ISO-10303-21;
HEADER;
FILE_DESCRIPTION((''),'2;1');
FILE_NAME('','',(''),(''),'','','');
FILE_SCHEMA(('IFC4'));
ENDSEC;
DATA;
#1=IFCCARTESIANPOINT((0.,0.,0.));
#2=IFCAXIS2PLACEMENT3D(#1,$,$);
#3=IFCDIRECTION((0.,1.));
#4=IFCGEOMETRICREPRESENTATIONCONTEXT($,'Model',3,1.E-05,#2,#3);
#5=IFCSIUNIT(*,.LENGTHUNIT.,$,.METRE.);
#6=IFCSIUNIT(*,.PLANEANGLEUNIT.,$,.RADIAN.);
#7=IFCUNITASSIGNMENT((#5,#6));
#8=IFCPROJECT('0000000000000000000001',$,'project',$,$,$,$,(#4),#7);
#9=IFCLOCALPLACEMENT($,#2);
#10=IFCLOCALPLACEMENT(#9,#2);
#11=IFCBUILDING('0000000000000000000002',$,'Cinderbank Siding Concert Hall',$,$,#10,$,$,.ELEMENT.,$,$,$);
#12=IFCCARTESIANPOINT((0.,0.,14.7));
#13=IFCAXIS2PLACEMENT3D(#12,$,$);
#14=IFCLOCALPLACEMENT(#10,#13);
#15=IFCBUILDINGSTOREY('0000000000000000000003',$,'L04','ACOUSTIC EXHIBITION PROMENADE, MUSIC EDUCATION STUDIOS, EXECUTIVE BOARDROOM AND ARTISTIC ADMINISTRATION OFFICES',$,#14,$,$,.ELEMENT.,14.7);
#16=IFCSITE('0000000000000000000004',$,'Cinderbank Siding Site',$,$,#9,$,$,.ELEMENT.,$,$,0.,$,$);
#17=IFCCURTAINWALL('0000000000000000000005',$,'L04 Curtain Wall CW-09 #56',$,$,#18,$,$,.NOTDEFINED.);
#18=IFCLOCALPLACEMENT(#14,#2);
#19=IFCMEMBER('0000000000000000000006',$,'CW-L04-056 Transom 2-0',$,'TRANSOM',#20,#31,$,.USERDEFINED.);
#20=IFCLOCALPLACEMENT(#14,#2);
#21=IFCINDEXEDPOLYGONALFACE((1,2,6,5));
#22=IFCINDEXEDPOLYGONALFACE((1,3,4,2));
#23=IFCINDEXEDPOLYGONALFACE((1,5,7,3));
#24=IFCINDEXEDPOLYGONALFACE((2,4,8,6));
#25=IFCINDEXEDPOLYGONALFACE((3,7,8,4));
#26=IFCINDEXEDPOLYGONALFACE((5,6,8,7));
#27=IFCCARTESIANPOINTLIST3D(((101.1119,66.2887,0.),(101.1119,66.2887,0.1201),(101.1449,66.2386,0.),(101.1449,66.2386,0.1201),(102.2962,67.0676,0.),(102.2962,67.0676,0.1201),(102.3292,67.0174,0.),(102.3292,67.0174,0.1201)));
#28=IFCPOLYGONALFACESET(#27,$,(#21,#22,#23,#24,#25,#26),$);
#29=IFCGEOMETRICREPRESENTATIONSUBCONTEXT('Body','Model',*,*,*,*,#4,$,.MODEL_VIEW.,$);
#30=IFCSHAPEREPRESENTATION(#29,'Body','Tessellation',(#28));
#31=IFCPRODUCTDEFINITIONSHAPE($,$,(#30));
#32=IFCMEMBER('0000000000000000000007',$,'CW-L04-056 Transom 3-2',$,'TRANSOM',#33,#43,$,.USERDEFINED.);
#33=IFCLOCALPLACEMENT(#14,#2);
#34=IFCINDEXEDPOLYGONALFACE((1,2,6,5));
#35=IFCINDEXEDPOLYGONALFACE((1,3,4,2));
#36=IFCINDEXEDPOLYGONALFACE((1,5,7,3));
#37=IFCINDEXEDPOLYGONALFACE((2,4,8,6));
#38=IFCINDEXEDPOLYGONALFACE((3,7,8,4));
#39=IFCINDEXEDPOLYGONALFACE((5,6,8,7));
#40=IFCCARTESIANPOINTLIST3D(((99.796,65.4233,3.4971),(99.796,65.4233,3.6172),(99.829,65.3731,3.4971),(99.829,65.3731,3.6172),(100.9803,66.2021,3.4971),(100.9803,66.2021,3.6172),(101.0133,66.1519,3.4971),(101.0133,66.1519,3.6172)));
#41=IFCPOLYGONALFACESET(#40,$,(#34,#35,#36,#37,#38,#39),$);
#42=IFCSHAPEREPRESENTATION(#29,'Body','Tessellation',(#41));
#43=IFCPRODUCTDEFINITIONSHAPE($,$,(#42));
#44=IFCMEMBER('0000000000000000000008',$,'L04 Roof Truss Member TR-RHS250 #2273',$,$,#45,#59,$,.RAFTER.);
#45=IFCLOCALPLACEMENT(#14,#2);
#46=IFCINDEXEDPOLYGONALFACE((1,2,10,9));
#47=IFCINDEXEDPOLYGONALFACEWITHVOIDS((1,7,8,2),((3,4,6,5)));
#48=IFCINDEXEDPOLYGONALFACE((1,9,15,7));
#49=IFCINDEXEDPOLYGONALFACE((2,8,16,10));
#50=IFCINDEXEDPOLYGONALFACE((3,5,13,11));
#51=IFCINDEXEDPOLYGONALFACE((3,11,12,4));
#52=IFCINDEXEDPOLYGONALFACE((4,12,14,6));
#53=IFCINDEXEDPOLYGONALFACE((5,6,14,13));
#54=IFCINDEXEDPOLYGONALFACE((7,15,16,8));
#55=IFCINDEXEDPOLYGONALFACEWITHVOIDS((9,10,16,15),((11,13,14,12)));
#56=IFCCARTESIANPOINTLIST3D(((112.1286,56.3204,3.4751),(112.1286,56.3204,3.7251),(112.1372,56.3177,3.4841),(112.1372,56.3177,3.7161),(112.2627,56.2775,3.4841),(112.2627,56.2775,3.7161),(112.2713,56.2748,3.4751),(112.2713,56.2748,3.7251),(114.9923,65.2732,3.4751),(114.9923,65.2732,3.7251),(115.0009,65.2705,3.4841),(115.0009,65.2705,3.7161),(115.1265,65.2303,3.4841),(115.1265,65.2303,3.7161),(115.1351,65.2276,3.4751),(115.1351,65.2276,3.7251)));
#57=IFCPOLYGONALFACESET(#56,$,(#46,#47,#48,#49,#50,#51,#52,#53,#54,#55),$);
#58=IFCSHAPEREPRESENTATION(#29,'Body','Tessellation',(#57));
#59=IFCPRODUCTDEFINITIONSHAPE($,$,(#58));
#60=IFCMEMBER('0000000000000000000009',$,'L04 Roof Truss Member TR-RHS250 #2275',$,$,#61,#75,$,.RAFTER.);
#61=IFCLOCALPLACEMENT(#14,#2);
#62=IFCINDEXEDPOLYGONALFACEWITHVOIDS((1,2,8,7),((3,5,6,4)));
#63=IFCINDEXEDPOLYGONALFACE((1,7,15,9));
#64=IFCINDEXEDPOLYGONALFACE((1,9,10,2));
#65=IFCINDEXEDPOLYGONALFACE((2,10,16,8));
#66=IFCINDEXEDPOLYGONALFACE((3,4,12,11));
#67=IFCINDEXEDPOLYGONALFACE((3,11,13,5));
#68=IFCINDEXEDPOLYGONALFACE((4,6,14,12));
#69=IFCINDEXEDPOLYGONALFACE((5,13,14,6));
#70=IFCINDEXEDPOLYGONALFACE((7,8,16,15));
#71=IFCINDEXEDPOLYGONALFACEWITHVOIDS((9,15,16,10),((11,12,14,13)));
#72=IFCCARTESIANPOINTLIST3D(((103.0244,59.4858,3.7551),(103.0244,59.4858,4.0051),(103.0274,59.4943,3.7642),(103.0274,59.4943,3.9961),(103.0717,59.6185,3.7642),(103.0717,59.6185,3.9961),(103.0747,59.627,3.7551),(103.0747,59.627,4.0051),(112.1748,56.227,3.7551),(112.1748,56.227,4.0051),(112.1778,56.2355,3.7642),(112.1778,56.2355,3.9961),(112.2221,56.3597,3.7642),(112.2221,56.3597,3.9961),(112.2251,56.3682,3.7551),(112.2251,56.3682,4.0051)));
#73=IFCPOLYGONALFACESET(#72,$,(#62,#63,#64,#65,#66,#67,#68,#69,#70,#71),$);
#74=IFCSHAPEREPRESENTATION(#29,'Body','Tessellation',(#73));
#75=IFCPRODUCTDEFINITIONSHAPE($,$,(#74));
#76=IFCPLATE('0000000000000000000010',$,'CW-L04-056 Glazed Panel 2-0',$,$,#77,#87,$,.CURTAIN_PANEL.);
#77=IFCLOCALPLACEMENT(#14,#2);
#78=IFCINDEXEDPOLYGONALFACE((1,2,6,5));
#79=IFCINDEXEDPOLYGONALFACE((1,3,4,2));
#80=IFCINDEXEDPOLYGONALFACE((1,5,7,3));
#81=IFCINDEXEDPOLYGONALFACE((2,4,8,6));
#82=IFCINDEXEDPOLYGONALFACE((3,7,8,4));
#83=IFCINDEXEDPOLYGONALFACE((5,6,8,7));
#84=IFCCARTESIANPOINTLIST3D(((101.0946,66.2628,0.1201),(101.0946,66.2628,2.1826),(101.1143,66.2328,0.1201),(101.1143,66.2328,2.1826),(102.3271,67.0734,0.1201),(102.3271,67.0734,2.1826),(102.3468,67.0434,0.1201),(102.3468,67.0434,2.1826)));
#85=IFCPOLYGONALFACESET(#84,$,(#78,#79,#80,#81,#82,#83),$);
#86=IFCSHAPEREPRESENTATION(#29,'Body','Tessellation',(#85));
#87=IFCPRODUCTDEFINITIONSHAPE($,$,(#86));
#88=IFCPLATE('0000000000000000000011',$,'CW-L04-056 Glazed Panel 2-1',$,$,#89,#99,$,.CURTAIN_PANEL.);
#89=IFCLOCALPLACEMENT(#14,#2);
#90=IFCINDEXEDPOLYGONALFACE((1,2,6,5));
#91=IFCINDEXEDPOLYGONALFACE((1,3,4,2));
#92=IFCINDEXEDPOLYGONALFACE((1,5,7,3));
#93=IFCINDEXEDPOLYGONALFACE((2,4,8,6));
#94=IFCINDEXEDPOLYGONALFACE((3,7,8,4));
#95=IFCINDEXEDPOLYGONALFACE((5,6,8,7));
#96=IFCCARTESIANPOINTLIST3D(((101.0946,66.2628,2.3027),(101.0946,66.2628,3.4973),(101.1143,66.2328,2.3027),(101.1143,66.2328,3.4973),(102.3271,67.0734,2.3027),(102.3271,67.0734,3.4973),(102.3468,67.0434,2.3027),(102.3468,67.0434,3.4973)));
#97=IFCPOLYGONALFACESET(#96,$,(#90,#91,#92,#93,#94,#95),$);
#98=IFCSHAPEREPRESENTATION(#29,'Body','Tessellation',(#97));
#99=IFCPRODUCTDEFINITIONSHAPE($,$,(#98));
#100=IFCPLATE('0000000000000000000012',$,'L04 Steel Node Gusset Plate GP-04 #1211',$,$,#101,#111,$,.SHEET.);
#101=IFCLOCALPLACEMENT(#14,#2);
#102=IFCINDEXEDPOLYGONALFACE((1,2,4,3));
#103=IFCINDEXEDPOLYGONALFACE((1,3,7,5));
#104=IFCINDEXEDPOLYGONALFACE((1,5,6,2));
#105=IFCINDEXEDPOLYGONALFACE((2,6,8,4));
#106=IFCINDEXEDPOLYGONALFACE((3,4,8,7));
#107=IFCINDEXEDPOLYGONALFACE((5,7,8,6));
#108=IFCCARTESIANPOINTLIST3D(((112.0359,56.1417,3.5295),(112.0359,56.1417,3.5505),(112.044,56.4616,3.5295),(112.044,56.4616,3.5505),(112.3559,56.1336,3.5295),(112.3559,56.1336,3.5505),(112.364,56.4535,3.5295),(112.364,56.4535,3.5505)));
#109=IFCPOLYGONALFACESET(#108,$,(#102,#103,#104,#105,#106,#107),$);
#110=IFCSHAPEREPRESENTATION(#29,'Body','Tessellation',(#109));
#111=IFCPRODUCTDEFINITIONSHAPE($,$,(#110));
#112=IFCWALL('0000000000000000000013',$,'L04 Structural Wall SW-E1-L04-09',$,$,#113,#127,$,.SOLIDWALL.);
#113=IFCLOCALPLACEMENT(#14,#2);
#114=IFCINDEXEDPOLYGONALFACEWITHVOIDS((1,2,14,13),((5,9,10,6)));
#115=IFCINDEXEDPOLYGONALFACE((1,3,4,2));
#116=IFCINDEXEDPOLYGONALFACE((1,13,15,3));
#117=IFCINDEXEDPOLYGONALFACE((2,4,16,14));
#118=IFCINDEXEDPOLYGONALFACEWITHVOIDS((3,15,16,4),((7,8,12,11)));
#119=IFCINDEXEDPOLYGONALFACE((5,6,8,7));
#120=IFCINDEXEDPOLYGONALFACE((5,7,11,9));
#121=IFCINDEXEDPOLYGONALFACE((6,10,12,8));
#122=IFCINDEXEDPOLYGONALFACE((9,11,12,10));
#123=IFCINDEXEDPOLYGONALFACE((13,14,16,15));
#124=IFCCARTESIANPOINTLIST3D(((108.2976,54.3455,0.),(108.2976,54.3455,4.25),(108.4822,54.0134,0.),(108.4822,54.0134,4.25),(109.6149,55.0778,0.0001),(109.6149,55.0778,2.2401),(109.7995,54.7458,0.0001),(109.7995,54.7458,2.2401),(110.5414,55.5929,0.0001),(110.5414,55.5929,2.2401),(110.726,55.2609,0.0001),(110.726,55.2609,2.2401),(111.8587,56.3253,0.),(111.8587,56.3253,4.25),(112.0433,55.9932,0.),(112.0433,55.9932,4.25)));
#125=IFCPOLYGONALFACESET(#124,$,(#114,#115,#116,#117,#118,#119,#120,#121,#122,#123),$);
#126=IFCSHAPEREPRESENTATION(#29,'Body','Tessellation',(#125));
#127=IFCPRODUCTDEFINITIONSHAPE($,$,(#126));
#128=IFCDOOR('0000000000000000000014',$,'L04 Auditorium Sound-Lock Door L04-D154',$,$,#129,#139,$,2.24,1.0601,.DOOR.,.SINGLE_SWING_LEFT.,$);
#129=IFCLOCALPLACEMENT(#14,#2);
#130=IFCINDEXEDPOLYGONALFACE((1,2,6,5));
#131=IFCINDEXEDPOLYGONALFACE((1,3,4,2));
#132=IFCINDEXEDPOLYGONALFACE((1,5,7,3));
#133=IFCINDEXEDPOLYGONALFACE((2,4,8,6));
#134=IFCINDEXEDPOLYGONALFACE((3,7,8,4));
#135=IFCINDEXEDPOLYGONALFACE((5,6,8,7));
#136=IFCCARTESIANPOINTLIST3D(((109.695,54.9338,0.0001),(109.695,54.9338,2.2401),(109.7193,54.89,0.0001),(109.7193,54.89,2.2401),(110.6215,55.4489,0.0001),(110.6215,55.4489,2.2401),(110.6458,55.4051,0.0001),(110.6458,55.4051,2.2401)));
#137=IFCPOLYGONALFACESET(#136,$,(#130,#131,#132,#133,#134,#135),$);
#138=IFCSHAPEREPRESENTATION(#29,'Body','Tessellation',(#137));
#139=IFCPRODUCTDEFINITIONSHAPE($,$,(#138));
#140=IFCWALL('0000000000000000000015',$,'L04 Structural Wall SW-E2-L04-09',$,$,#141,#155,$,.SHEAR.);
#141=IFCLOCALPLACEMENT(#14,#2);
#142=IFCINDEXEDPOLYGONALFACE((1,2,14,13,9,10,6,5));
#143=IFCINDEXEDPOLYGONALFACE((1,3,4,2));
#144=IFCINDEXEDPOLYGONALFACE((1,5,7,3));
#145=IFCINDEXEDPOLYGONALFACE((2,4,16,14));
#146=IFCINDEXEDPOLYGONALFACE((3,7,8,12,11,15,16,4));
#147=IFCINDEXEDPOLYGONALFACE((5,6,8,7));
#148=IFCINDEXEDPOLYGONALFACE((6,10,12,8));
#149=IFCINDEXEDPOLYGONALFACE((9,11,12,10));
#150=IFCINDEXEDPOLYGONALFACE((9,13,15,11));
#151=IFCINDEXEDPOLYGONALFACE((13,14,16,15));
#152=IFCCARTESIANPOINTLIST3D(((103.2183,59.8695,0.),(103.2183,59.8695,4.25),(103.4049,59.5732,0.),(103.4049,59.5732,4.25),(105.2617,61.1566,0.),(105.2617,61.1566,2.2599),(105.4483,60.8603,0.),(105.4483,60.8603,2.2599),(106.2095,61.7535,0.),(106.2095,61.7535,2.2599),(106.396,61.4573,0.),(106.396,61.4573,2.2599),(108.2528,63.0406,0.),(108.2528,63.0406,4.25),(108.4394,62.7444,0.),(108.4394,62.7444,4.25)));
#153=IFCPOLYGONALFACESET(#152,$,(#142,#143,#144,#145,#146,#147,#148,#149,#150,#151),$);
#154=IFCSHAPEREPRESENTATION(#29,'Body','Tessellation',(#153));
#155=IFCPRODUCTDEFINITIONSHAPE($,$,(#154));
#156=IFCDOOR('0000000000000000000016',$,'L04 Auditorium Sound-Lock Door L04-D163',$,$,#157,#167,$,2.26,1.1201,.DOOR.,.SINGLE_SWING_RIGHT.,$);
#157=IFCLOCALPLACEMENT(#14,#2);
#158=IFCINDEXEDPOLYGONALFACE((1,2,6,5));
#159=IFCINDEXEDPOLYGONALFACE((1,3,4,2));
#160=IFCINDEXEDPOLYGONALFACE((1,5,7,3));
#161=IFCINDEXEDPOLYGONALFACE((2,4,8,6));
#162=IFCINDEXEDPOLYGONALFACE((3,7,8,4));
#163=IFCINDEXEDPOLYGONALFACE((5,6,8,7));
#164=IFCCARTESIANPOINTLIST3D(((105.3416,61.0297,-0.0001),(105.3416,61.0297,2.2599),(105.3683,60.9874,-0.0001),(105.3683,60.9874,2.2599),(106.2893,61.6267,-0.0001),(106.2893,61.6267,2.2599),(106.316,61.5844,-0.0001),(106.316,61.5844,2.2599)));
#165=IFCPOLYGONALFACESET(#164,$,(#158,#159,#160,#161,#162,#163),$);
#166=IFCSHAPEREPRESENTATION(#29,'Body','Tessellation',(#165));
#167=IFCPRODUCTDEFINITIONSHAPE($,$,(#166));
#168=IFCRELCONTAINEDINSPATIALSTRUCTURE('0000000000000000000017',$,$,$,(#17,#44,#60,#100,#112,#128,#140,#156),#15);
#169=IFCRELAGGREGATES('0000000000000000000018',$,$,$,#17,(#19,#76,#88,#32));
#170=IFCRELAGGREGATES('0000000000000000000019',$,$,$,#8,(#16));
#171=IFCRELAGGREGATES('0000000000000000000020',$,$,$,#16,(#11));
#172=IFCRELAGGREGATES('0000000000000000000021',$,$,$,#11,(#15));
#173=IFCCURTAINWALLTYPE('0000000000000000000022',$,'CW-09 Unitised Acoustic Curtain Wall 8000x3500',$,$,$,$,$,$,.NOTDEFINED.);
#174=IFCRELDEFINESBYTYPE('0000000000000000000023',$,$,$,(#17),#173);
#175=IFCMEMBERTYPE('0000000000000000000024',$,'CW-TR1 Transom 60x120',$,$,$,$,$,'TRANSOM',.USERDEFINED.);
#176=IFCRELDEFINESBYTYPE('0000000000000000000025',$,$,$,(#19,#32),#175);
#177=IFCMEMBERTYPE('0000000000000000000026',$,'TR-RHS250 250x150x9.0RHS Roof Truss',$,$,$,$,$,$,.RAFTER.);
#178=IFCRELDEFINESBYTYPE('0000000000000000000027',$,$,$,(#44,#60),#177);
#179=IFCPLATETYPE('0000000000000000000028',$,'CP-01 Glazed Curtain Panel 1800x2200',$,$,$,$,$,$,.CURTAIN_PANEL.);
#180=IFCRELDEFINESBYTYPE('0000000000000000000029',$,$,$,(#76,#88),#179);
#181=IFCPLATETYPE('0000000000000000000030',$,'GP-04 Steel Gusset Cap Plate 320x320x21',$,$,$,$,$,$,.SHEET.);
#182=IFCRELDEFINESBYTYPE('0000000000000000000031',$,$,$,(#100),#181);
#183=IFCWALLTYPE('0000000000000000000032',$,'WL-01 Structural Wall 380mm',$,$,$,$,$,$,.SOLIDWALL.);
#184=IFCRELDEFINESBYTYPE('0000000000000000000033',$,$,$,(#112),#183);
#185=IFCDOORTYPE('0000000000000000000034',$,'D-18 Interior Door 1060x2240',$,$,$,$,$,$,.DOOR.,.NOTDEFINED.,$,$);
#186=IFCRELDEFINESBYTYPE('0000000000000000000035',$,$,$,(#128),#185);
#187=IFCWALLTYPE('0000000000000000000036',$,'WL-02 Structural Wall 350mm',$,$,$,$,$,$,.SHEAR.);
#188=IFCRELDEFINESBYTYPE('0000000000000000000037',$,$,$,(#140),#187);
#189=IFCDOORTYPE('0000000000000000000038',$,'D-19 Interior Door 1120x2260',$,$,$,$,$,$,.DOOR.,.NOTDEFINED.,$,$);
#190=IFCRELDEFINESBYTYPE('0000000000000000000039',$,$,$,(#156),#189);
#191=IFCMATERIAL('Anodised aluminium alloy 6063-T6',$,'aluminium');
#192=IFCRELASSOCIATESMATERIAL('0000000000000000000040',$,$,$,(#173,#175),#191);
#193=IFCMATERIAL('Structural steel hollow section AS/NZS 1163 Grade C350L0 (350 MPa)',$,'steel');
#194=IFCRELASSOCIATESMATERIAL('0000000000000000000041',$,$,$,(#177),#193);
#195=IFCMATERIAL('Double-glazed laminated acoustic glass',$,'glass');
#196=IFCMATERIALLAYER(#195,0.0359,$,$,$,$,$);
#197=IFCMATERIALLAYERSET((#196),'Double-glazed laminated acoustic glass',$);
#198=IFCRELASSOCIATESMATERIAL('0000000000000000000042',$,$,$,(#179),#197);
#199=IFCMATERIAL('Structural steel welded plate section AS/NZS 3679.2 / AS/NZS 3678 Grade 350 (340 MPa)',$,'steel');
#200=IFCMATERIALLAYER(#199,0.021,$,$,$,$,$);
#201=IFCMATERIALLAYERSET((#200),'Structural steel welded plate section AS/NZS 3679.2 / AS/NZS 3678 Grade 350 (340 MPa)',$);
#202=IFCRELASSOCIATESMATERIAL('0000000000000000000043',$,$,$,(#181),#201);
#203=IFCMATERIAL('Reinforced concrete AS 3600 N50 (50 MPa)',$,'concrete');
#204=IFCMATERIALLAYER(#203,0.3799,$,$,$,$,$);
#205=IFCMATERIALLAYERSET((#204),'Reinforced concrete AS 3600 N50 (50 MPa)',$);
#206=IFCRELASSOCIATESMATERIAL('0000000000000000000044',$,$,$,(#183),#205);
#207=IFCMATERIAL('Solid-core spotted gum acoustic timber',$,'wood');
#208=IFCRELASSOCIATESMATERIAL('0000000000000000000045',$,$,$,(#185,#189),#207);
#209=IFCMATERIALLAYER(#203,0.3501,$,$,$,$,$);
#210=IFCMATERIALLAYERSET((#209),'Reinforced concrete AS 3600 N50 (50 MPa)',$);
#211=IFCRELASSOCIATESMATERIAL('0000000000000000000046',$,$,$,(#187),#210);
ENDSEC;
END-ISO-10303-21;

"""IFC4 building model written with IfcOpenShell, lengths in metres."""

from ifc_helpers import new_model, si_unit, direction, frame, frame_2d, origin, origin_2d, place, context, subcontext, project, spatial, rectangle, hollow_rectangle, extrude, material, layer, layer_set, material_profile, profile_set, type_object, element, fill, aggregate, save


model = new_model("IFC4")

# Units and contexts
model_context = context("Model", 3, precision=1e-05, world=origin(), true_north=direction((0.0, 1.0)))
body_context = subcontext(model_context, "Body", "Model", "MODEL_VIEW")
ifc_project = project(units=[si_unit("LENGTHUNIT", "METRE"), si_unit("PLANEANGLEUNIT", "RADIAN")], contexts=[model_context])

# Site, building, storey
site_placement = place(None, origin())
site = spatial("IfcSite", under=ifc_project, at=site_placement, Name="Cinderbank Siding Site", CompositionType="ELEMENT", RefElevation=0.0)
building_placement = place(site_placement, origin())
building = spatial("IfcBuilding", under=site, at=building_placement, Name="Cinderbank Siding Concert Hall", CompositionType="ELEMENT")
storey_placement = place(building_placement, frame((0.0, 0.0, 14.7)))
storey = spatial("IfcBuildingStorey", under=building, at=storey_placement, Name="L04", Description="ACOUSTIC EXHIBITION PROMENADE, MUSIC EDUCATION STUDIOS, EXECUTIVE BOARDROOM AND ARTISTIC ADMINISTRATION OFFICES", CompositionType="ELEMENT", Elevation=14.7)

# Shared definitions
ifc_material_1 = material(Name="Reinforced concrete AS 3600 N50 (50 MPa)", Category="concrete")

# Curtain wall, members
ifc_material_2 = material(Name="Anodised aluminium alloy 6063-T6", Category="aluminium")
curtain_wall_type = type_object("IfcCurtainWallType", Name="CW-09 Unitised Acoustic Curtain Wall 8000x3500", PredefinedType="NOTDEFINED", material=ifc_material_2)
curtain_wall_placement = place(storey_placement, origin())
curtain_wall = element("IfcCurtainWall", 1, at=curtain_wall_placement, inside=storey, type_object=curtain_wall_type, Name="L04 Curtain Wall CW-09 #56", PredefinedType="NOTDEFINED")
ifc_material_profile_1 = material_profile(ifc_material_2, rectangle(XDim=0.0601, YDim=0.1201, at=origin_2d()), Name="ALU-TRAN-60x120", Category="LoadBearing")
ifc_profile_set_1 = profile_set([ifc_material_profile_1], Name="Anodised aluminium alloy 6063-T6")
member_type_1 = type_object("IfcMemberType", Name="CW-TR1 Transom 60x120", ElementType="TRANSOM", PredefinedType="USERDEFINED", material=ifc_profile_set_1)
member_1_placement = place(storey_placement, frame((102.3127, 67.0425, 0.0601), z_axis=(-0.835532, -0.549443, 0.0), x_axis=(0.549443, -0.835532, 0.0)))
member_1 = element("IfcMember", 2, at=member_1_placement, type_object=member_type_1, Name="CW-L04-056 Transom 2-0", ObjectType="TRANSOM", PredefinedType="USERDEFINED", context=body_context, shape_type="SweptSolid", body=[
    extrude(rectangle(XDim=0.0601, YDim=0.1201, at=origin_2d()), origin(), (0.0, 0.0, 1.0), 1.4175),
])
member_2_placement = place(storey_placement, frame((100.9968, 66.177, 3.5571), z_axis=(-0.835532, -0.549443, 0.0), x_axis=(0.549443, -0.835532, 0.0)))
member_2 = element("IfcMember", 3, at=member_2_placement, type_object=member_type_1, Name="CW-L04-056 Transom 3-2", ObjectType="TRANSOM", PredefinedType="USERDEFINED", context=body_context, shape_type="SweptSolid", body=[
    extrude(rectangle(XDim=0.0601, YDim=0.1201, at=origin_2d()), origin(), (0.0, 0.0, 1.0), 1.4175),
])

# Members
ifc_material_3 = material(Name="Structural steel hollow section AS/NZS 1163 Grade C350L0 (350 MPa)", Category="steel")
ifc_material_profile_2 = material_profile(ifc_material_3, hollow_rectangle(XDim=0.1499, YDim=0.25, WallThickness=0.009, at=origin_2d()), Name="250x150x9.0RHS", Category="LoadBearing")
ifc_profile_set_2 = profile_set([ifc_material_profile_2], Name="Structural steel hollow section AS/NZS 1163 Grade C350L0 (350 MPa)")
member_type_2 = type_object("IfcMemberType", Name="TR-RHS250 250x150x9.0RHS Roof Truss", PredefinedType="RAFTER", material=ifc_profile_set_2)
member_3_placement = place(storey_placement, frame((112.2, 56.2976, 3.6001), z_axis=(0.304665, 0.95246, 0.0), x_axis=(-0.95246, 0.304665, 0.0)))
element("IfcMember", 4, at=member_3_placement, inside=storey, type_object=member_type_2, Name="L04 Roof Truss Member TR-RHS250 #2273", PredefinedType="RAFTER", context=body_context, shape_type="SweptSolid", body=[
    extrude(hollow_rectangle(XDim=0.1499, YDim=0.25, WallThickness=0.009, at=origin_2d()), origin(), (0.0, 0.0, 1.0), 9.3997),
])
member_4_placement = place(storey_placement, frame((112.2, 56.2976, 3.8801), z_axis=(-0.942042, 0.335496, 0.0), x_axis=(-0.335496, -0.942042, 0.0)))
element("IfcMember", 5, at=member_4_placement, inside=storey, type_object=member_type_2, Name="L04 Roof Truss Member TR-RHS250 #2275", PredefinedType="RAFTER", context=body_context, shape_type="SweptSolid", body=[
    extrude(hollow_rectangle(XDim=0.1499, YDim=0.25, WallThickness=0.009, at=origin_2d()), origin(), (0.0, 0.0, 1.0), 9.7134),
])

# Plates
ifc_material_4 = material(Name="Double-glazed laminated acoustic glass", Category="glass")
ifc_layer_1 = layer(ifc_material_4, 0.0359)
ifc_layer_set_1 = layer_set([ifc_layer_1], Name="Double-glazed laminated acoustic glass")
plate_type_1 = type_object("IfcPlateType", Name="CP-01 Glazed Curtain Panel 1800x2200", PredefinedType="CURTAIN_PANEL", material=ifc_layer_set_1)
plate_1_placement = place(storey_placement, frame((101.7207, 66.6531, 0.1201), z_axis=(0.0, 0.0, 1.0), x_axis=(-0.835492, -0.549503, 0.0)))
plate_1 = element("IfcPlate", 6, at=plate_1_placement, type_object=plate_type_1, Name="CW-L04-056 Glazed Panel 2-0", PredefinedType="CURTAIN_PANEL", context=body_context, shape_type="SweptSolid", body=[
    extrude(rectangle(XDim=1.4751, YDim=0.0359, at=origin_2d()), origin(), (0.0, 0.0, 1.0), 2.0625),
])
plate_2_placement = place(storey_placement, frame((101.7207, 66.6531, 2.3027), z_axis=(0.0, 0.0, 1.0), x_axis=(-0.835492, -0.549503, 0.0)))
plate_2 = element("IfcPlate", 7, at=plate_2_placement, type_object=plate_type_1, Name="CW-L04-056 Glazed Panel 2-1", PredefinedType="CURTAIN_PANEL", context=body_context, shape_type="SweptSolid", body=[
    extrude(rectangle(XDim=1.4751, YDim=0.0359, at=origin_2d()), origin(), (0.0, 0.0, 1.0), 1.1946),
])
aggregate(curtain_wall, [member_1, plate_1, plate_2, member_2])
ifc_material_5 = material(Name="Structural steel welded plate section AS/NZS 3679.2 / AS/NZS 3678 Grade 350 (340 MPa)", Category="steel")
ifc_layer_2 = layer(ifc_material_5, 0.021)
ifc_layer_set_2 = layer_set([ifc_layer_2], Name="Structural steel welded plate section AS/NZS 3679.2 / AS/NZS 3678 Grade 350 (340 MPa)")
plate_type_2 = type_object("IfcPlateType", Name="GP-04 Steel Gusset Cap Plate 320x320x21", PredefinedType="SHEET", material=ifc_layer_set_2)
plate_3_placement = place(storey_placement, frame((112.2, 56.2976, 3.5295), z_axis=(0.0, 0.0, 1.0), x_axis=(0.025305, 0.99968, 0.0)))
element("IfcPlate", 8, at=plate_3_placement, inside=storey, type_object=plate_type_2, Name="L04 Steel Node Gusset Plate GP-04 #1211", PredefinedType="SHEET", context=body_context, shape_type="SweptSolid", body=[
    extrude(rectangle(XDim=0.3201, YDim=0.3201, at=origin_2d()), origin(), (0.0, 0.0, 1.0), 0.021),
])

# Walls, openings, doors
ifc_layer_3 = layer(ifc_material_1, 0.3799)
ifc_layer_set_3 = layer_set([ifc_layer_3], Name="Reinforced concrete AS 3600 N50 (50 MPa)")
wall_type_1 = type_object("IfcWallType", Name="WL-01 Structural Wall 380mm", PredefinedType="SOLIDWALL", material=ifc_layer_set_3)
wall_1_placement = place(storey_placement, frame((111.9509, 56.1592, 0.0), z_axis=(0.0, 0.0, 1.0), x_axis=(-0.874013, -0.485902, 0.0)))
wall_1 = element("IfcWall", 9, at=wall_1_placement, inside=storey, type_object=wall_type_1, Name="L04 Structural Wall SW-E1-L04-09", PredefinedType="SOLIDWALL", context=body_context, shape_type="SweptSolid", body=[
    extrude(rectangle(XDim=4.0745, YDim=0.3799, at=frame_2d((2.0371, 0.0))), origin(), (0.0, 0.0, 1.0), 4.25),
])
opening_1_placement = place(wall_1_placement, frame((1.5071, 0.0, 0.0)))
opening_1 = element("IfcOpeningElement", 10, at=opening_1_placement, cuts=wall_1, PredefinedType="OPENING", context=body_context, shape_type="SweptSolid", body=[
    extrude(rectangle(XDim=1.0601, YDim=2.24, at=frame_2d((0.53, 1.1201))), frame((0.0, 0.2019, 0.0), z_axis=(0.0, -1.0, 0.0), x_axis=(1.0, 0.0, 0.0)), (0.0, 0.0, 1.0), 0.4038),
])
ifc_material_6 = material(Name="Solid-core spotted gum acoustic timber", Category="wood")
door_type_1 = type_object("IfcDoorType", Name="D-18 Interior Door 1060x2240", OperationType="NOTDEFINED", PredefinedType="DOOR", material=ifc_material_6)
door_1_placement = place(opening_1_placement, origin())
door_1 = element("IfcDoor", 11, at=door_1_placement, inside=storey, type_object=door_type_1, Name="L04 Auditorium Sound-Lock Door L04-D154", OperationType="SINGLE_SWING_LEFT", OverallHeight=2.24, OverallWidth=1.0601, PredefinedType="DOOR", context=body_context, shape_type="SweptSolid", body=[
    extrude(rectangle(XDim=1.0601, YDim=2.24, at=frame_2d((0.53, 1.1201))), frame((0.0, 0.0249, 0.0), z_axis=(0.0, -1.0, 0.0), x_axis=(1.0, 0.0, 0.0)), (0.0, 0.0, 1.0), 0.05),
])
fill(opening_1, door_1)
ifc_layer_4 = layer(ifc_material_1, 0.3501)
ifc_layer_set_4 = layer_set([ifc_layer_4], Name="Reinforced concrete AS 3600 N50 (50 MPa)")
wall_type_2 = type_object("IfcWallType", Name="WL-02 Structural Wall 350mm", PredefinedType="SHEAR", material=ifc_layer_set_4)
wall_2_placement = place(storey_placement, frame((108.3462, 62.8926, 0.0), z_axis=(0.0, 0.0, 1.0), x_axis=(-0.846133, -0.532972, 0.0)))
wall_2 = element("IfcWall", 12, at=wall_2_placement, inside=storey, type_object=wall_type_2, Name="L04 Structural Wall SW-E2-L04-09", PredefinedType="SHEAR", context=body_context, shape_type="SweptSolid", body=[
    extrude(rectangle(XDim=5.95, YDim=0.3501, at=frame_2d((2.9751, 0.0))), origin(), (0.0, 0.0, 1.0), 4.25),
])
opening_2_placement = place(wall_2_placement, frame((2.415, 0.0, 0.0)))
opening_2 = element("IfcOpeningElement", 13, at=opening_2_placement, cuts=wall_2, PredefinedType="OPENING", context=body_context, shape_type="SweptSolid", body=[
    extrude(rectangle(XDim=1.1201, YDim=2.26, at=frame_2d((0.5601, 1.1299))), frame((0.0, 0.187, 0.0), z_axis=(0.0, -1.0, 0.0), x_axis=(1.0, 0.0, 0.0)), (0.0, 0.0, 1.0), 0.374),
])
door_type_2 = type_object("IfcDoorType", Name="D-19 Interior Door 1120x2260", OperationType="NOTDEFINED", PredefinedType="DOOR", material=ifc_material_6)
door_2_placement = place(opening_2_placement, origin())
door_2 = element("IfcDoor", 14, at=door_2_placement, inside=storey, type_object=door_type_2, Name="L04 Auditorium Sound-Lock Door L04-D163", OperationType="SINGLE_SWING_RIGHT", OverallHeight=2.26, OverallWidth=1.1201, PredefinedType="DOOR", context=body_context, shape_type="SweptSolid", body=[
    extrude(rectangle(XDim=1.1201, YDim=2.26, at=frame_2d((0.5601, 1.1299))), frame((0.0, 0.0249, 0.0), z_axis=(0.0, -1.0, 0.0), x_axis=(1.0, 0.0, 0.0)), (0.0, 0.0, 1.0), 0.05),
])
fill(opening_2, door_2)

save(model, "model.ifc")
